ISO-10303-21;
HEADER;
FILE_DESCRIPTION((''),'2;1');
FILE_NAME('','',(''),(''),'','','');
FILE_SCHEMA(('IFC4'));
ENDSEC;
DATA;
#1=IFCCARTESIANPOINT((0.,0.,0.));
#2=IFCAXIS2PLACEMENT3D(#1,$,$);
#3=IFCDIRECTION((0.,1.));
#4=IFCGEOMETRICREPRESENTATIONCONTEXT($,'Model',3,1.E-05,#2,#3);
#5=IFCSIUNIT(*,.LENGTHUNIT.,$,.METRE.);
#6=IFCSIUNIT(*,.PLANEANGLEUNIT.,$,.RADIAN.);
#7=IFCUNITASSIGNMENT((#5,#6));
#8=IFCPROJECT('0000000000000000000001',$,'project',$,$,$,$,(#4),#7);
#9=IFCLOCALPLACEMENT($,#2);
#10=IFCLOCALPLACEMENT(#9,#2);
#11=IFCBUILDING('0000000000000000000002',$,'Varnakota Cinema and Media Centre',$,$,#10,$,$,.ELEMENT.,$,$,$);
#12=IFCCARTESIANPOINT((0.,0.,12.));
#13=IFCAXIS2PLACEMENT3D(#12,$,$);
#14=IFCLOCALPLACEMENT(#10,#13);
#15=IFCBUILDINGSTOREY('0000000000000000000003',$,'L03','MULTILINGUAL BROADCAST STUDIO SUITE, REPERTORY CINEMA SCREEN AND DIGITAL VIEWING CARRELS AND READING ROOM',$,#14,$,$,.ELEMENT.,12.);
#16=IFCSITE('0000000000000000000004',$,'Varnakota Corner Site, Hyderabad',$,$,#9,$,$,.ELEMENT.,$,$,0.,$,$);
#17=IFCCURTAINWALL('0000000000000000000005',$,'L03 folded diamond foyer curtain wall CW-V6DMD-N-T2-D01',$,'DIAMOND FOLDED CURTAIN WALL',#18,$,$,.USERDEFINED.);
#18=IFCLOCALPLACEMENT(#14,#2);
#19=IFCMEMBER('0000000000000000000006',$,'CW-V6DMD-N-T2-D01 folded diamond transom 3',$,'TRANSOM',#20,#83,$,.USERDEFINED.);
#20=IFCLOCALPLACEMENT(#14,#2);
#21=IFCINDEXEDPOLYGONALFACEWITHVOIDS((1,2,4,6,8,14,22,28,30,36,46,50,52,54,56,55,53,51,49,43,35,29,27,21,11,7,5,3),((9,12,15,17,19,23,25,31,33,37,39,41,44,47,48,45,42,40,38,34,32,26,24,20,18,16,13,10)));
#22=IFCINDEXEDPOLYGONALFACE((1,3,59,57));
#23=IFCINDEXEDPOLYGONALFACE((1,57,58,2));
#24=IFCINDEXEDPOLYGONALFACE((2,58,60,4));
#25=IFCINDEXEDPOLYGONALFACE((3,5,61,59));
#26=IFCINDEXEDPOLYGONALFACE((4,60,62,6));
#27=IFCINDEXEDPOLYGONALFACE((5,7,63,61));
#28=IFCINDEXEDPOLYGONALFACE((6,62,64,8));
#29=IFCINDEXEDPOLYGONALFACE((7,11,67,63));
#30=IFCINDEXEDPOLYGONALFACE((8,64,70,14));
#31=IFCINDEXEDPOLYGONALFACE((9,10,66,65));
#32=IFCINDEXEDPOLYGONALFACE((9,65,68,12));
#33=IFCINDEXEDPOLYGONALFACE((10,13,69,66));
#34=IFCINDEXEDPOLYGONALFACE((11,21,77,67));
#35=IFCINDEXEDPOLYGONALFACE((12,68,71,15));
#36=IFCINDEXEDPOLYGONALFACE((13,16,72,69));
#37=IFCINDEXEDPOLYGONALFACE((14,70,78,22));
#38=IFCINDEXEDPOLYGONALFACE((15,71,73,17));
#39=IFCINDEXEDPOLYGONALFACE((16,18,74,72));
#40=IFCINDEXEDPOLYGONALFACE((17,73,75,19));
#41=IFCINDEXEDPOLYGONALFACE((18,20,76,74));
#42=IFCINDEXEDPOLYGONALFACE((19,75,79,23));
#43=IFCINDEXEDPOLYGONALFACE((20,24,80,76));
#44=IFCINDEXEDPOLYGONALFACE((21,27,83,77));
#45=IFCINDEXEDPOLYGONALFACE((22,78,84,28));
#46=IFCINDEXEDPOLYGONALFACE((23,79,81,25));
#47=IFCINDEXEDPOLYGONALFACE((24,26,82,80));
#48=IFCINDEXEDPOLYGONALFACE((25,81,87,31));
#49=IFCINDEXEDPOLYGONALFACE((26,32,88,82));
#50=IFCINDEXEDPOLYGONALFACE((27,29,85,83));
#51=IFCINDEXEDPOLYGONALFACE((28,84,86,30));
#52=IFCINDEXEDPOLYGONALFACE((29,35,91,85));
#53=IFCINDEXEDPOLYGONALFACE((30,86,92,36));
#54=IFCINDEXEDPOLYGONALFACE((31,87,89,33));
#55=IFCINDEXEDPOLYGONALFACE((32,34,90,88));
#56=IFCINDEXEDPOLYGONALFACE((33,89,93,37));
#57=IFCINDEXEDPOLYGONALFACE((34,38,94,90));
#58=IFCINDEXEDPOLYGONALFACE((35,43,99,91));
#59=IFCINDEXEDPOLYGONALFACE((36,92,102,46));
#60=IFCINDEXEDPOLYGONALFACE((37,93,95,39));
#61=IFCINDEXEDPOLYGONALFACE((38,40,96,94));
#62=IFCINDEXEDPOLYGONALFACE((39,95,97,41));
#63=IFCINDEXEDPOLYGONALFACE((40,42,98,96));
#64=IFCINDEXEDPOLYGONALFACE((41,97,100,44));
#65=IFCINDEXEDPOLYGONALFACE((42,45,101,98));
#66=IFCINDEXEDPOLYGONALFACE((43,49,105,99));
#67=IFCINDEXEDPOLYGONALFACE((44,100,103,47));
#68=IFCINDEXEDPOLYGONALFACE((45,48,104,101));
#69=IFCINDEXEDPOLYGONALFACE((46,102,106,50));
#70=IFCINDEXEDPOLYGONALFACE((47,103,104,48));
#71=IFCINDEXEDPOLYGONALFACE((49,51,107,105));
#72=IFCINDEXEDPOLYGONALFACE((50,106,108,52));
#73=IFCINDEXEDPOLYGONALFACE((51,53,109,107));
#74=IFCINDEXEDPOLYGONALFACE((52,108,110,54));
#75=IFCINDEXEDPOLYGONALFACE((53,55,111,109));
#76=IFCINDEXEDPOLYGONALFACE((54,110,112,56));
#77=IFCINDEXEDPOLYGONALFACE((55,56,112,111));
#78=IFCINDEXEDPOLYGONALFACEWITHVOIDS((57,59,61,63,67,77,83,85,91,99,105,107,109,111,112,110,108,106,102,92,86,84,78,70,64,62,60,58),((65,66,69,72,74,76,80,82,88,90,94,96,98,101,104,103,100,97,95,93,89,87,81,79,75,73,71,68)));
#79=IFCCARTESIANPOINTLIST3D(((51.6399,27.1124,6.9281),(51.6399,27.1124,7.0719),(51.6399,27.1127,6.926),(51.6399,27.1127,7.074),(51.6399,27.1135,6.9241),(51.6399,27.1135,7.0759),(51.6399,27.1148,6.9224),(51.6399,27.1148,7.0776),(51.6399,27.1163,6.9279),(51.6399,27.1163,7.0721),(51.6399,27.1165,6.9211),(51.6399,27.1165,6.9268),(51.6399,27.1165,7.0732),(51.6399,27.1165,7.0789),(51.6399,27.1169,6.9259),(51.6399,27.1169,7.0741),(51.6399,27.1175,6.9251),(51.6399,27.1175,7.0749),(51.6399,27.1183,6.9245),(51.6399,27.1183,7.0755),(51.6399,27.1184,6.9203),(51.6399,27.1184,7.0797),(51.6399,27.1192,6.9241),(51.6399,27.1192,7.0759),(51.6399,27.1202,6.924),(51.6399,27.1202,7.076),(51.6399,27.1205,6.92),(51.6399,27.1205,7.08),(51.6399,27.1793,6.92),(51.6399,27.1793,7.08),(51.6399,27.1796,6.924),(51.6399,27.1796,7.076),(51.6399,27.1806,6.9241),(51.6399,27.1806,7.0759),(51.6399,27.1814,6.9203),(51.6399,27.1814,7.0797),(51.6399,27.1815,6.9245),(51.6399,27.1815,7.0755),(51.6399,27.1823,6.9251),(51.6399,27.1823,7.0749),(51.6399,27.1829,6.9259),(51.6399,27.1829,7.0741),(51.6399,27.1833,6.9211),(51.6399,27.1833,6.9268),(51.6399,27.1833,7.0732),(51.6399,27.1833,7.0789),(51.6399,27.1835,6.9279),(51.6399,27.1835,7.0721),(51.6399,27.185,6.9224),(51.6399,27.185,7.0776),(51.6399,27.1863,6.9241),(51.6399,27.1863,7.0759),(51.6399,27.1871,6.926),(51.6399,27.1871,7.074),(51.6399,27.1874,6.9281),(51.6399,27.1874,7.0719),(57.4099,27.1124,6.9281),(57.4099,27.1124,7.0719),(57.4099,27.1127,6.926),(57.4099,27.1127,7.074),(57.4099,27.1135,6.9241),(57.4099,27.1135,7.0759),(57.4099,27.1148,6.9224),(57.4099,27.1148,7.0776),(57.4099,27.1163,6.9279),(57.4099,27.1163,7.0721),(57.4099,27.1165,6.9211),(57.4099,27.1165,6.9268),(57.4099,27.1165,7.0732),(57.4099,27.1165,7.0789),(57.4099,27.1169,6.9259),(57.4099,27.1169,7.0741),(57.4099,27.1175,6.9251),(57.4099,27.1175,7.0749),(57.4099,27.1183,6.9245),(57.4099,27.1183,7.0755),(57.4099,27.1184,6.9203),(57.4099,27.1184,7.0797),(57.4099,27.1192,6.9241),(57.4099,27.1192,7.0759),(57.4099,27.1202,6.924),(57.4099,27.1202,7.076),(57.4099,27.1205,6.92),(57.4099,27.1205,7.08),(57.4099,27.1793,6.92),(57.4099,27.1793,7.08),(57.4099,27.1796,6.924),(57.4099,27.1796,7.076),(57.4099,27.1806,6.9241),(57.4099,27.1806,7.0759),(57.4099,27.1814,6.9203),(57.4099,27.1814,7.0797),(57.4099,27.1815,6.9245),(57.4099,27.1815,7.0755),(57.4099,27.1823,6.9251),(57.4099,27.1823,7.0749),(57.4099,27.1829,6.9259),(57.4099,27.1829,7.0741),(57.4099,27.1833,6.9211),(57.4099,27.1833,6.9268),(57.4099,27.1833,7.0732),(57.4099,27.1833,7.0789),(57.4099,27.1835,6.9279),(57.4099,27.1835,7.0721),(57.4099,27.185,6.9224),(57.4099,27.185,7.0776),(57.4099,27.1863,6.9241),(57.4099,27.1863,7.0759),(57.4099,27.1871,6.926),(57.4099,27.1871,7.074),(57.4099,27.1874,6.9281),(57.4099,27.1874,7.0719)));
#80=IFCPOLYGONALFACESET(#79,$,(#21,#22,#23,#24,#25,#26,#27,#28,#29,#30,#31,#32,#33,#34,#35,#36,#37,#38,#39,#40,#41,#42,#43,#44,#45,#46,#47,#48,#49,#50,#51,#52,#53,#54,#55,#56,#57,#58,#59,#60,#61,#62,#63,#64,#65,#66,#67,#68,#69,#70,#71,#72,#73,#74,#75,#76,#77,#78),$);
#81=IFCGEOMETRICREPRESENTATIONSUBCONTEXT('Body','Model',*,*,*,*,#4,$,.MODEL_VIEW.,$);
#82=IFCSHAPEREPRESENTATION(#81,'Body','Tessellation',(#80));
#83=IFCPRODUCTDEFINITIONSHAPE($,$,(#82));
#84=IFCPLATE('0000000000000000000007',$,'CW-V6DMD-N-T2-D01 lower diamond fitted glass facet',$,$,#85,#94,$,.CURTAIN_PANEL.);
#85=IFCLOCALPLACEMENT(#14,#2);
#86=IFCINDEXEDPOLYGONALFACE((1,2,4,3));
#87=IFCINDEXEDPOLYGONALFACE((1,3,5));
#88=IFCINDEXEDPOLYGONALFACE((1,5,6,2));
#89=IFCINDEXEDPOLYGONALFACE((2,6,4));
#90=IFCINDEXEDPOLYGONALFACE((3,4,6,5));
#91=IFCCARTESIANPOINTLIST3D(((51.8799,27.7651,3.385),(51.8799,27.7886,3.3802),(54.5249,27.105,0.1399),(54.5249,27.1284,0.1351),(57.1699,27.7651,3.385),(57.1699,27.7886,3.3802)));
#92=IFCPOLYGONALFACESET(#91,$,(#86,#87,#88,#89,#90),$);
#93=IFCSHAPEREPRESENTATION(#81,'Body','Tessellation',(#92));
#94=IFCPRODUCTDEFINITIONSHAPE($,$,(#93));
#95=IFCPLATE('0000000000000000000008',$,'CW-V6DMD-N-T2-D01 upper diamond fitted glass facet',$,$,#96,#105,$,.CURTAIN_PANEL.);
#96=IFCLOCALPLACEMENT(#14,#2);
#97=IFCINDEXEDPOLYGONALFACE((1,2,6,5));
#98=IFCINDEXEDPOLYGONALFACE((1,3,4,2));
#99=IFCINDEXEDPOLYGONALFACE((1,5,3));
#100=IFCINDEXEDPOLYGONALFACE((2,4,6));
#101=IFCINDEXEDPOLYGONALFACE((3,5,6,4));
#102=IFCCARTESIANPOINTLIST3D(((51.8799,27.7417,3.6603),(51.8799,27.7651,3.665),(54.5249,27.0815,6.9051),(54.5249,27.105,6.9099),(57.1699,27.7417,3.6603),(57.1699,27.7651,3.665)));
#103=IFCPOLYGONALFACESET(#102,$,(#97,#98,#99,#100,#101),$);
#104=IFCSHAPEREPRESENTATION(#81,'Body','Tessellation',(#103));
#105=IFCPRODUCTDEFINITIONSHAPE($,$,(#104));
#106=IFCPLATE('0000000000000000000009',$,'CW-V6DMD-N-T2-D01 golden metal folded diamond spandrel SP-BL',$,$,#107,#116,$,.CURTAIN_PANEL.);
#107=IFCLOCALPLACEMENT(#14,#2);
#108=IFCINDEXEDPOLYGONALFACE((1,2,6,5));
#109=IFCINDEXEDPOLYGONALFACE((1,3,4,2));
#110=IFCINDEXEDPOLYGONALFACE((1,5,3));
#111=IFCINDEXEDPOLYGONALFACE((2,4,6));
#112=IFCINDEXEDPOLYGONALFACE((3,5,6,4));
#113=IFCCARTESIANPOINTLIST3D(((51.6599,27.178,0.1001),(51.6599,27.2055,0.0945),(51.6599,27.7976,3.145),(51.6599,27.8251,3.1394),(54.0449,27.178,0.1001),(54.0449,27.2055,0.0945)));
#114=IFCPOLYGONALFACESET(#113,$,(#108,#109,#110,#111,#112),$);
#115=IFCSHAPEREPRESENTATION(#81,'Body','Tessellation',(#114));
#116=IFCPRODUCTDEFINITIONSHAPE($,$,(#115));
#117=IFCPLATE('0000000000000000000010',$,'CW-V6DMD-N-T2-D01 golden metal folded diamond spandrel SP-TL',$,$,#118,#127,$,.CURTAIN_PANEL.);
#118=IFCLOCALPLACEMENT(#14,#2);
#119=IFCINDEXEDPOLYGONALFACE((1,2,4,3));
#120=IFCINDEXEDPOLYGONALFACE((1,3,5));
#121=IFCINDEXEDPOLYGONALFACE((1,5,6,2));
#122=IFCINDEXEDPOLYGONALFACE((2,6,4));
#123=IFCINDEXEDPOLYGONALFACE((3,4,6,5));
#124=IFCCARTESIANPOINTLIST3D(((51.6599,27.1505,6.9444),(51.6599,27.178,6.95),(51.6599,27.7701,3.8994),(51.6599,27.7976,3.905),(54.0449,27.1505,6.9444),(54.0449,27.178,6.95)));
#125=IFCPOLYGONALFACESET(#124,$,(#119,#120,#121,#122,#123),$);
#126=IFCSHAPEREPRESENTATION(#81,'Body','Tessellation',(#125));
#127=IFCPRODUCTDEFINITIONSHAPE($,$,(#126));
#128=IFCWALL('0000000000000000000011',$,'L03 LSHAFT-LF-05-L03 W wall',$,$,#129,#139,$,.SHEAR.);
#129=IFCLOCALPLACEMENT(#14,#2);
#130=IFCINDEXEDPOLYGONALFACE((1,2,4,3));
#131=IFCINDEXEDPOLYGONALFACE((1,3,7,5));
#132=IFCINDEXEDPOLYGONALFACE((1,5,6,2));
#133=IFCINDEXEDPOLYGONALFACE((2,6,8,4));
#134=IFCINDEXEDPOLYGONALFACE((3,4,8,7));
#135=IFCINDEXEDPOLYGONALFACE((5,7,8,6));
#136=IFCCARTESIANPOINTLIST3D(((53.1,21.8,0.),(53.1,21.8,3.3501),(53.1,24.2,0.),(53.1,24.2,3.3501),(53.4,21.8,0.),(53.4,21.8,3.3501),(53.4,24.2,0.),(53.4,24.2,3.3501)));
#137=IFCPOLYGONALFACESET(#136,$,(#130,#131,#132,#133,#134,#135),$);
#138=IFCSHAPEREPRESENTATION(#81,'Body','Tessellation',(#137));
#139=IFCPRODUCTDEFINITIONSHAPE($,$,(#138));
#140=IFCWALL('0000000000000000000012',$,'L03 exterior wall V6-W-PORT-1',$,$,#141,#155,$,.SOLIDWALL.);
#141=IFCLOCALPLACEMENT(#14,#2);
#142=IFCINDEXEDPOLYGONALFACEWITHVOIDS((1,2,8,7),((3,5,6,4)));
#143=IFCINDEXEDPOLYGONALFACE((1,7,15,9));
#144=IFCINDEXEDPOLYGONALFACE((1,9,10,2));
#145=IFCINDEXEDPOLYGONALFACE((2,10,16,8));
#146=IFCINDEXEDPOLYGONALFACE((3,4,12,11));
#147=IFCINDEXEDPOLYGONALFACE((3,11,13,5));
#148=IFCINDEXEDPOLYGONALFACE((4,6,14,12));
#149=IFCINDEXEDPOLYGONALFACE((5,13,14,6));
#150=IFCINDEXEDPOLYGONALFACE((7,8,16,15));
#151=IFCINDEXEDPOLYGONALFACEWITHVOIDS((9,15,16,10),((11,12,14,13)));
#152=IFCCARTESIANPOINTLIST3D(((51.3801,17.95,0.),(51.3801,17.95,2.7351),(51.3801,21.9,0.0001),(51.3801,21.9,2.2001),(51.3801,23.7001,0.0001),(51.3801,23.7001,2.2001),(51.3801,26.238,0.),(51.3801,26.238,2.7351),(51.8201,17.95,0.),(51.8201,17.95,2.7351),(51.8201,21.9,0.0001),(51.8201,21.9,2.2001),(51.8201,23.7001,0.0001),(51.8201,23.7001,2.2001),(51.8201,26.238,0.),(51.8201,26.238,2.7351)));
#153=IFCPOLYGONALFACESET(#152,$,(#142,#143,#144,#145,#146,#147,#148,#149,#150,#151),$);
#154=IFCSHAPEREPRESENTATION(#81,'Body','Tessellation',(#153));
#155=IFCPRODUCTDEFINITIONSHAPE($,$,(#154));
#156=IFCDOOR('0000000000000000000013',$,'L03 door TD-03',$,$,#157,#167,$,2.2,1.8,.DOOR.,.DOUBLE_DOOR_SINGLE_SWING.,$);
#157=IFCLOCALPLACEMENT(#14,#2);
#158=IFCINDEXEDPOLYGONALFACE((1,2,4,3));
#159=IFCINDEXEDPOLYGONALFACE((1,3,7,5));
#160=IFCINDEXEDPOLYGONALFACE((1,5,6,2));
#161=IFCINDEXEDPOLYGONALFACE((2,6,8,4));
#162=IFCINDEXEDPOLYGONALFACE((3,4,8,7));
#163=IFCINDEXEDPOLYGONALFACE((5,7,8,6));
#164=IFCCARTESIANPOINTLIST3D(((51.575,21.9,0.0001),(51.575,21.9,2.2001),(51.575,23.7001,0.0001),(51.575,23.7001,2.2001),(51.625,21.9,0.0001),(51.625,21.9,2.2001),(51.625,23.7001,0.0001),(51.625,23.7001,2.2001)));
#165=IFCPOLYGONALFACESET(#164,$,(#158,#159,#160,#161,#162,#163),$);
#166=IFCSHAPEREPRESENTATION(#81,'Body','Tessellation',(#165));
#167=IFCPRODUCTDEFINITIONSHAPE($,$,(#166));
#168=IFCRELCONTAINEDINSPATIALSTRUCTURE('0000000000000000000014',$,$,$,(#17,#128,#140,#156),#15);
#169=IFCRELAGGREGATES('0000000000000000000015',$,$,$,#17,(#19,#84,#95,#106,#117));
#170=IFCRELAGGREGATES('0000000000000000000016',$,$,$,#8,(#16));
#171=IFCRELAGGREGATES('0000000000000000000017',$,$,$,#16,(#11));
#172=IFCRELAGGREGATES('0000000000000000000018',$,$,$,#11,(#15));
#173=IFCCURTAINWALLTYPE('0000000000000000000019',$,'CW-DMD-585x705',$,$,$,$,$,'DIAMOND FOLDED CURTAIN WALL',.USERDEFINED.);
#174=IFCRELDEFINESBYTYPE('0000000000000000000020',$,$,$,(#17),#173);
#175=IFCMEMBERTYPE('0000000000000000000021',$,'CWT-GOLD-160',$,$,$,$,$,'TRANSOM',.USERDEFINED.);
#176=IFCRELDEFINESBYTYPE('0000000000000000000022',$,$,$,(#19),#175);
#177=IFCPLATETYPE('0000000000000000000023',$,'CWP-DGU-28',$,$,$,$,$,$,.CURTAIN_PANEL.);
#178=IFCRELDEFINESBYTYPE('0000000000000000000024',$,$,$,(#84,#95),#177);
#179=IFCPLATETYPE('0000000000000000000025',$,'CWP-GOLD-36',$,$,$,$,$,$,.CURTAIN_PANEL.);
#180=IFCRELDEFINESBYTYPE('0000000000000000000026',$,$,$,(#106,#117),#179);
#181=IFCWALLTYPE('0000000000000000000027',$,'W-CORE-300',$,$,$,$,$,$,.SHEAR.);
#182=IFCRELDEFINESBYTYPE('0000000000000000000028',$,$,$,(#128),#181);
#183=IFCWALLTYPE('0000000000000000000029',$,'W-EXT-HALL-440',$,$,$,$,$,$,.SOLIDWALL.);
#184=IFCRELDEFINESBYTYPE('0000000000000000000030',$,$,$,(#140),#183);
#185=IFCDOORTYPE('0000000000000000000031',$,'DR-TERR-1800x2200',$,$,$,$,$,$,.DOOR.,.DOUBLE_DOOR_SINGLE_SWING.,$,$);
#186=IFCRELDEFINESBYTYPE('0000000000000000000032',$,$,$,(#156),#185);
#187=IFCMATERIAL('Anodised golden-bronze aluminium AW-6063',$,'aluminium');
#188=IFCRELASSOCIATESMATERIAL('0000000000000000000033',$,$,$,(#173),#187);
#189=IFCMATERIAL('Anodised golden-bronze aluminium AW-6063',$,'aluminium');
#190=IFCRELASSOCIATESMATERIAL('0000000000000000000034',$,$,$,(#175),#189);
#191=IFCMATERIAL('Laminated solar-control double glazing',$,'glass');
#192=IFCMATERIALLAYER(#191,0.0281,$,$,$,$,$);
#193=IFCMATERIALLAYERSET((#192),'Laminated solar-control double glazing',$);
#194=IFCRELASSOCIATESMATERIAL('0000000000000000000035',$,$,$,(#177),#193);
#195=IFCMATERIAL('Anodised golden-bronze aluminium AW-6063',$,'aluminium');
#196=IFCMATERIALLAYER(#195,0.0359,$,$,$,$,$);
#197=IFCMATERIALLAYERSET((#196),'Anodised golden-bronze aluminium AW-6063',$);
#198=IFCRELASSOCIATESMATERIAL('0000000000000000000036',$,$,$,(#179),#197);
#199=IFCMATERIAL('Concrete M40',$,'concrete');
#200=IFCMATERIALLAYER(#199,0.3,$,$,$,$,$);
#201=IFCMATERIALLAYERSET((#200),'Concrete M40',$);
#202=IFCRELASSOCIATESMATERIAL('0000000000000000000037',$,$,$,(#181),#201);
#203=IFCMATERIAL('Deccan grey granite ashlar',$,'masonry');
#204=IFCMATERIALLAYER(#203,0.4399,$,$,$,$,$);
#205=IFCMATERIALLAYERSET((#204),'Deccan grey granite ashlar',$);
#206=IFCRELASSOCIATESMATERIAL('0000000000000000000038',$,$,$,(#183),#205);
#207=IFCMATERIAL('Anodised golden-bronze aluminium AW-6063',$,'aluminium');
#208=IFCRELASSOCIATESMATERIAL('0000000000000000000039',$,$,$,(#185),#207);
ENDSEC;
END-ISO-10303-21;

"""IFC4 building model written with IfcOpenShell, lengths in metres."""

from ifc_helpers import new_model, si_unit, direction, frame, frame_2d, origin, origin_2d, place, context, subcontext, project, spatial, polyline, rectangle, hollow_rectangle, outline, extrude, material, layer, layer_set, material_profile, profile_set, type_object, element, fill, aggregate, save


model = new_model("IFC4")

# Units and contexts
model_context = context("Model", 3, precision=1e-05, world=origin(), true_north=direction((0.0, 1.0)))
body_context = subcontext(model_context, "Body", "Model", "MODEL_VIEW")
ifc_project = project(units=[si_unit("LENGTHUNIT", "METRE"), si_unit("PLANEANGLEUNIT", "RADIAN")], contexts=[model_context])

# Site, building, storey
site_placement = place(None, origin())
site = spatial("IfcSite", under=ifc_project, at=site_placement, Name="Varnakota Corner Site, Hyderabad", CompositionType="ELEMENT", RefElevation=0.0)
building_placement = place(site_placement, origin())
building = spatial("IfcBuilding", under=site, at=building_placement, Name="Varnakota Cinema and Media Centre", CompositionType="ELEMENT")
storey_placement = place(building_placement, frame((0.0, 0.0, 12.0)))
storey = spatial("IfcBuildingStorey", under=building, at=storey_placement, Name="L03", Description="MULTILINGUAL BROADCAST STUDIO SUITE, REPERTORY CINEMA SCREEN AND DIGITAL VIEWING CARRELS AND READING ROOM", CompositionType="ELEMENT", Elevation=12.0)

# Curtain wall, member, plates
ifc_material_1 = material(Name="Anodised golden-bronze aluminium AW-6063", Category="aluminium")
curtain_wall_type = type_object("IfcCurtainWallType", Name="CW-DMD-585x705", ElementType="DIAMOND FOLDED CURTAIN WALL", PredefinedType="USERDEFINED", material=ifc_material_1)
curtain_wall_placement = place(storey_placement, origin())
curtain_wall = element("IfcCurtainWall", 1, at=curtain_wall_placement, inside=storey, type_object=curtain_wall_type, Name="L03 folded diamond foyer curtain wall CW-V6DMD-N-T2-D01", ObjectType="DIAMOND FOLDED CURTAIN WALL", PredefinedType="USERDEFINED")
ifc_material_2 = material(Name="Anodised golden-bronze aluminium AW-6063", Category="aluminium")
ifc_material_profile_1 = material_profile(ifc_material_2, hollow_rectangle(XDim=0.075, YDim=0.1599, WallThickness=0.0039, InnerFilletRadius=0.0039, OuterFilletRadius=0.0081, at=origin_2d()), Name="AL-TRANSOM 160x75x4")
ifc_profile_set_1 = profile_set([ifc_material_profile_1], Name="Anodised golden-bronze aluminium AW-6063")
member_type = type_object("IfcMemberType", Name="CWT-GOLD-160", ElementType="TRANSOM", PredefinedType="USERDEFINED", material=ifc_profile_set_1)
member_1_placement = place(storey_placement, frame((51.6399, 27.1499, 7.0), z_axis=(1.0, 0.0, 0.0), x_axis=(0.0, 1.0, 0.0)))
member_1 = element("IfcMember", 2, at=member_1_placement, type_object=member_type, Name="CW-V6DMD-N-T2-D01 folded diamond transom 3", ObjectType="TRANSOM", PredefinedType="USERDEFINED", context=body_context, shape_type="SweptSolid", body=[
    extrude(hollow_rectangle(XDim=0.075, YDim=0.1599, WallThickness=0.0039, InnerFilletRadius=0.0039, OuterFilletRadius=0.0081, at=origin_2d()), origin(), (0.0, 0.0, 1.0), 5.77),
])
ifc_material_3 = material(Name="Laminated solar-control double glazing", Category="glass")
ifc_layer_1 = layer(ifc_material_3, 0.0281)
ifc_layer_set_1 = layer_set([ifc_layer_1], Name="Laminated solar-control double glazing")
plate_type_1 = type_object("IfcPlateType", Name="CWP-DGU-28", PredefinedType="CURTAIN_PANEL", material=ifc_layer_set_1)
plate_1_placement = place(storey_placement, frame((51.8799, 27.7651, 3.385), z_axis=(0.0, -0.979929, 0.199348), x_axis=(0.624084, -0.155762, -0.765675)))
plate_1 = element("IfcPlate", 3, at=plate_1_placement, type_object=plate_type_1, Name="CW-V6DMD-N-T2-D01 lower diamond fitted glass facet", PredefinedType="CURTAIN_PANEL", context=body_context, shape_type="SweptSolid", body=[
    extrude(outline(polyline([(0.0, 0.0), (4.2382, 0.0), (3.3014, 4.1334), (0.0, 0.0)])), origin(), (0.0, 0.0, -1.0), 0.0239),
])
plate_2_placement = place(storey_placement, frame((51.8799, 27.7651, 3.665), z_axis=(0.0, 0.979926, 0.199362), x_axis=(1.0, 0.0, 0.0)))
plate_2 = element("IfcPlate", 4, at=plate_2_placement, type_object=plate_type_1, Name="CW-V6DMD-N-T2-D01 upper diamond fitted glass facet", PredefinedType="CURTAIN_PANEL", context=body_context, shape_type="SweptSolid", body=[
    extrude(outline(polyline([(0.0, 0.0), (5.29, 0.0), (2.645, -3.3113), (0.0, 0.0)])), origin(), (0.0, 0.0, -1.0), 0.0239),
])
ifc_material_4 = material(Name="Anodised golden-bronze aluminium AW-6063", Category="aluminium")
ifc_layer_2 = layer(ifc_material_4, 0.0359)
ifc_layer_set_2 = layer_set([ifc_layer_2], Name="Anodised golden-bronze aluminium AW-6063")
plate_type_2 = type_object("IfcPlateType", Name="CWP-GOLD-36", PredefinedType="CURTAIN_PANEL", material=ifc_layer_set_2)
plate_3_placement = place(storey_placement, frame((51.6599, 27.178, 0.1001), z_axis=(0.0, -0.979916, 0.199409), x_axis=(1.0, 0.0, 0.0)))
plate_3 = element("IfcPlate", 5, at=plate_3_placement, type_object=plate_type_2, Name="CW-V6DMD-N-T2-D01 golden metal folded diamond spandrel SP-BL", PredefinedType="CURTAIN_PANEL", context=body_context, shape_type="SweptSolid", body=[
    extrude(outline(polyline([(0.0, 0.0), (2.385, 0.0), (0.0, 3.1073), (0.0, 0.0)])), origin(), (0.0, 0.0, -1.0), 0.0281),
])
plate_4_placement = place(storey_placement, frame((51.6599, 27.7976, 3.905), z_axis=(0.0, 0.979916, 0.199409), x_axis=(0.60887, -0.158185, 0.777339)))
plate_4 = element("IfcPlate", 6, at=plate_4_placement, type_object=plate_type_2, Name="CW-V6DMD-N-T2-D01 golden metal folded diamond spandrel SP-TL", PredefinedType="CURTAIN_PANEL", context=body_context, shape_type="SweptSolid", body=[
    extrude(outline(polyline([(0.0, 0.0), (3.9171, 0.0), (2.465, -1.892), (0.0, 0.0)])), origin(), (0.0, 0.0, -1.0), 0.0281),
])
aggregate(curtain_wall, [member_1, plate_1, plate_2, plate_3, plate_4])

# Wall
ifc_material_5 = material(Name="Concrete M40", Category="concrete")
ifc_layer_3 = layer(ifc_material_5, 0.3)
ifc_layer_set_3 = layer_set([ifc_layer_3], Name="Concrete M40")
wall_type_1 = type_object("IfcWallType", Name="W-CORE-300", PredefinedType="SHEAR", material=ifc_layer_set_3)
wall_1_placement = place(storey_placement, frame((53.25, 21.8, 0.0), z_axis=(0.0, 0.0, 1.0), x_axis=(0.0, 1.0, 0.0)))
element("IfcWall", 7, at=wall_1_placement, inside=storey, type_object=wall_type_1, Name="L03 LSHAFT-LF-05-L03 W wall", PredefinedType="SHEAR", context=body_context, shape_type="SweptSolid", body=[
    extrude(rectangle(XDim=2.3999, YDim=0.3, at=frame_2d((1.2, 0.0))), origin(), (0.0, 0.0, 1.0), 3.3501),
])

# Wall, opening, door
ifc_material_6 = material(Name="Deccan grey granite ashlar", Category="masonry")
ifc_layer_4 = layer(ifc_material_6, 0.4399)
ifc_layer_set_4 = layer_set([ifc_layer_4], Name="Deccan grey granite ashlar")
wall_type_2 = type_object("IfcWallType", Name="W-EXT-HALL-440", PredefinedType="SOLIDWALL", material=ifc_layer_set_4)
wall_2_placement = place(storey_placement, frame((51.6001, 26.238, 0.0), z_axis=(0.0, 0.0, 1.0), x_axis=(0.0, -1.0, 0.0)))
wall_2 = element("IfcWall", 8, at=wall_2_placement, inside=storey, type_object=wall_type_2, Name="L03 exterior wall V6-W-PORT-1", PredefinedType="SOLIDWALL", context=body_context, shape_type="SweptSolid", body=[
    extrude(rectangle(XDim=8.2881, YDim=0.4399, at=frame_2d((4.144, 0.0))), origin(), (0.0, 0.0, 1.0), 2.7351),
])
opening_placement = place(wall_2_placement, frame((2.5381, 0.0, 0.0)))
opening = element("IfcOpeningElement", 9, at=opening_placement, cuts=wall_2, PredefinedType="OPENING", context=body_context, shape_type="SweptSolid", body=[
    extrude(rectangle(XDim=1.8, YDim=2.2, at=frame_2d((0.8999, 1.1001))), frame((0.0, 0.22, 0.0), z_axis=(0.0, -1.0, 0.0), x_axis=(1.0, 0.0, 0.0)), (0.0, 0.0, 1.0), 0.4399),
])
ifc_material_7 = material(Name="Anodised golden-bronze aluminium AW-6063", Category="aluminium")
door_type = type_object("IfcDoorType", Name="DR-TERR-1800x2200", OperationType="DOUBLE_DOOR_SINGLE_SWING", PredefinedType="DOOR", material=ifc_material_7)
door_placement = place(opening_placement, origin())
door = element("IfcDoor", 10, at=door_placement, inside=storey, type_object=door_type, Name="L03 door TD-03", OperationType="DOUBLE_DOOR_SINGLE_SWING", OverallHeight=2.2, OverallWidth=1.8, PredefinedType="DOOR", context=body_context, shape_type="SweptSolid", body=[
    extrude(rectangle(XDim=1.8, YDim=2.2, at=frame_2d((0.8999, 1.1001))), frame((0.0, 0.0249, 0.0), z_axis=(0.0, -1.0, 0.0), x_axis=(1.0, 0.0, 0.0)), (0.0, 0.0, 1.0), 0.05),
])
fill(opening, door)

save(model, "model.ifc")
